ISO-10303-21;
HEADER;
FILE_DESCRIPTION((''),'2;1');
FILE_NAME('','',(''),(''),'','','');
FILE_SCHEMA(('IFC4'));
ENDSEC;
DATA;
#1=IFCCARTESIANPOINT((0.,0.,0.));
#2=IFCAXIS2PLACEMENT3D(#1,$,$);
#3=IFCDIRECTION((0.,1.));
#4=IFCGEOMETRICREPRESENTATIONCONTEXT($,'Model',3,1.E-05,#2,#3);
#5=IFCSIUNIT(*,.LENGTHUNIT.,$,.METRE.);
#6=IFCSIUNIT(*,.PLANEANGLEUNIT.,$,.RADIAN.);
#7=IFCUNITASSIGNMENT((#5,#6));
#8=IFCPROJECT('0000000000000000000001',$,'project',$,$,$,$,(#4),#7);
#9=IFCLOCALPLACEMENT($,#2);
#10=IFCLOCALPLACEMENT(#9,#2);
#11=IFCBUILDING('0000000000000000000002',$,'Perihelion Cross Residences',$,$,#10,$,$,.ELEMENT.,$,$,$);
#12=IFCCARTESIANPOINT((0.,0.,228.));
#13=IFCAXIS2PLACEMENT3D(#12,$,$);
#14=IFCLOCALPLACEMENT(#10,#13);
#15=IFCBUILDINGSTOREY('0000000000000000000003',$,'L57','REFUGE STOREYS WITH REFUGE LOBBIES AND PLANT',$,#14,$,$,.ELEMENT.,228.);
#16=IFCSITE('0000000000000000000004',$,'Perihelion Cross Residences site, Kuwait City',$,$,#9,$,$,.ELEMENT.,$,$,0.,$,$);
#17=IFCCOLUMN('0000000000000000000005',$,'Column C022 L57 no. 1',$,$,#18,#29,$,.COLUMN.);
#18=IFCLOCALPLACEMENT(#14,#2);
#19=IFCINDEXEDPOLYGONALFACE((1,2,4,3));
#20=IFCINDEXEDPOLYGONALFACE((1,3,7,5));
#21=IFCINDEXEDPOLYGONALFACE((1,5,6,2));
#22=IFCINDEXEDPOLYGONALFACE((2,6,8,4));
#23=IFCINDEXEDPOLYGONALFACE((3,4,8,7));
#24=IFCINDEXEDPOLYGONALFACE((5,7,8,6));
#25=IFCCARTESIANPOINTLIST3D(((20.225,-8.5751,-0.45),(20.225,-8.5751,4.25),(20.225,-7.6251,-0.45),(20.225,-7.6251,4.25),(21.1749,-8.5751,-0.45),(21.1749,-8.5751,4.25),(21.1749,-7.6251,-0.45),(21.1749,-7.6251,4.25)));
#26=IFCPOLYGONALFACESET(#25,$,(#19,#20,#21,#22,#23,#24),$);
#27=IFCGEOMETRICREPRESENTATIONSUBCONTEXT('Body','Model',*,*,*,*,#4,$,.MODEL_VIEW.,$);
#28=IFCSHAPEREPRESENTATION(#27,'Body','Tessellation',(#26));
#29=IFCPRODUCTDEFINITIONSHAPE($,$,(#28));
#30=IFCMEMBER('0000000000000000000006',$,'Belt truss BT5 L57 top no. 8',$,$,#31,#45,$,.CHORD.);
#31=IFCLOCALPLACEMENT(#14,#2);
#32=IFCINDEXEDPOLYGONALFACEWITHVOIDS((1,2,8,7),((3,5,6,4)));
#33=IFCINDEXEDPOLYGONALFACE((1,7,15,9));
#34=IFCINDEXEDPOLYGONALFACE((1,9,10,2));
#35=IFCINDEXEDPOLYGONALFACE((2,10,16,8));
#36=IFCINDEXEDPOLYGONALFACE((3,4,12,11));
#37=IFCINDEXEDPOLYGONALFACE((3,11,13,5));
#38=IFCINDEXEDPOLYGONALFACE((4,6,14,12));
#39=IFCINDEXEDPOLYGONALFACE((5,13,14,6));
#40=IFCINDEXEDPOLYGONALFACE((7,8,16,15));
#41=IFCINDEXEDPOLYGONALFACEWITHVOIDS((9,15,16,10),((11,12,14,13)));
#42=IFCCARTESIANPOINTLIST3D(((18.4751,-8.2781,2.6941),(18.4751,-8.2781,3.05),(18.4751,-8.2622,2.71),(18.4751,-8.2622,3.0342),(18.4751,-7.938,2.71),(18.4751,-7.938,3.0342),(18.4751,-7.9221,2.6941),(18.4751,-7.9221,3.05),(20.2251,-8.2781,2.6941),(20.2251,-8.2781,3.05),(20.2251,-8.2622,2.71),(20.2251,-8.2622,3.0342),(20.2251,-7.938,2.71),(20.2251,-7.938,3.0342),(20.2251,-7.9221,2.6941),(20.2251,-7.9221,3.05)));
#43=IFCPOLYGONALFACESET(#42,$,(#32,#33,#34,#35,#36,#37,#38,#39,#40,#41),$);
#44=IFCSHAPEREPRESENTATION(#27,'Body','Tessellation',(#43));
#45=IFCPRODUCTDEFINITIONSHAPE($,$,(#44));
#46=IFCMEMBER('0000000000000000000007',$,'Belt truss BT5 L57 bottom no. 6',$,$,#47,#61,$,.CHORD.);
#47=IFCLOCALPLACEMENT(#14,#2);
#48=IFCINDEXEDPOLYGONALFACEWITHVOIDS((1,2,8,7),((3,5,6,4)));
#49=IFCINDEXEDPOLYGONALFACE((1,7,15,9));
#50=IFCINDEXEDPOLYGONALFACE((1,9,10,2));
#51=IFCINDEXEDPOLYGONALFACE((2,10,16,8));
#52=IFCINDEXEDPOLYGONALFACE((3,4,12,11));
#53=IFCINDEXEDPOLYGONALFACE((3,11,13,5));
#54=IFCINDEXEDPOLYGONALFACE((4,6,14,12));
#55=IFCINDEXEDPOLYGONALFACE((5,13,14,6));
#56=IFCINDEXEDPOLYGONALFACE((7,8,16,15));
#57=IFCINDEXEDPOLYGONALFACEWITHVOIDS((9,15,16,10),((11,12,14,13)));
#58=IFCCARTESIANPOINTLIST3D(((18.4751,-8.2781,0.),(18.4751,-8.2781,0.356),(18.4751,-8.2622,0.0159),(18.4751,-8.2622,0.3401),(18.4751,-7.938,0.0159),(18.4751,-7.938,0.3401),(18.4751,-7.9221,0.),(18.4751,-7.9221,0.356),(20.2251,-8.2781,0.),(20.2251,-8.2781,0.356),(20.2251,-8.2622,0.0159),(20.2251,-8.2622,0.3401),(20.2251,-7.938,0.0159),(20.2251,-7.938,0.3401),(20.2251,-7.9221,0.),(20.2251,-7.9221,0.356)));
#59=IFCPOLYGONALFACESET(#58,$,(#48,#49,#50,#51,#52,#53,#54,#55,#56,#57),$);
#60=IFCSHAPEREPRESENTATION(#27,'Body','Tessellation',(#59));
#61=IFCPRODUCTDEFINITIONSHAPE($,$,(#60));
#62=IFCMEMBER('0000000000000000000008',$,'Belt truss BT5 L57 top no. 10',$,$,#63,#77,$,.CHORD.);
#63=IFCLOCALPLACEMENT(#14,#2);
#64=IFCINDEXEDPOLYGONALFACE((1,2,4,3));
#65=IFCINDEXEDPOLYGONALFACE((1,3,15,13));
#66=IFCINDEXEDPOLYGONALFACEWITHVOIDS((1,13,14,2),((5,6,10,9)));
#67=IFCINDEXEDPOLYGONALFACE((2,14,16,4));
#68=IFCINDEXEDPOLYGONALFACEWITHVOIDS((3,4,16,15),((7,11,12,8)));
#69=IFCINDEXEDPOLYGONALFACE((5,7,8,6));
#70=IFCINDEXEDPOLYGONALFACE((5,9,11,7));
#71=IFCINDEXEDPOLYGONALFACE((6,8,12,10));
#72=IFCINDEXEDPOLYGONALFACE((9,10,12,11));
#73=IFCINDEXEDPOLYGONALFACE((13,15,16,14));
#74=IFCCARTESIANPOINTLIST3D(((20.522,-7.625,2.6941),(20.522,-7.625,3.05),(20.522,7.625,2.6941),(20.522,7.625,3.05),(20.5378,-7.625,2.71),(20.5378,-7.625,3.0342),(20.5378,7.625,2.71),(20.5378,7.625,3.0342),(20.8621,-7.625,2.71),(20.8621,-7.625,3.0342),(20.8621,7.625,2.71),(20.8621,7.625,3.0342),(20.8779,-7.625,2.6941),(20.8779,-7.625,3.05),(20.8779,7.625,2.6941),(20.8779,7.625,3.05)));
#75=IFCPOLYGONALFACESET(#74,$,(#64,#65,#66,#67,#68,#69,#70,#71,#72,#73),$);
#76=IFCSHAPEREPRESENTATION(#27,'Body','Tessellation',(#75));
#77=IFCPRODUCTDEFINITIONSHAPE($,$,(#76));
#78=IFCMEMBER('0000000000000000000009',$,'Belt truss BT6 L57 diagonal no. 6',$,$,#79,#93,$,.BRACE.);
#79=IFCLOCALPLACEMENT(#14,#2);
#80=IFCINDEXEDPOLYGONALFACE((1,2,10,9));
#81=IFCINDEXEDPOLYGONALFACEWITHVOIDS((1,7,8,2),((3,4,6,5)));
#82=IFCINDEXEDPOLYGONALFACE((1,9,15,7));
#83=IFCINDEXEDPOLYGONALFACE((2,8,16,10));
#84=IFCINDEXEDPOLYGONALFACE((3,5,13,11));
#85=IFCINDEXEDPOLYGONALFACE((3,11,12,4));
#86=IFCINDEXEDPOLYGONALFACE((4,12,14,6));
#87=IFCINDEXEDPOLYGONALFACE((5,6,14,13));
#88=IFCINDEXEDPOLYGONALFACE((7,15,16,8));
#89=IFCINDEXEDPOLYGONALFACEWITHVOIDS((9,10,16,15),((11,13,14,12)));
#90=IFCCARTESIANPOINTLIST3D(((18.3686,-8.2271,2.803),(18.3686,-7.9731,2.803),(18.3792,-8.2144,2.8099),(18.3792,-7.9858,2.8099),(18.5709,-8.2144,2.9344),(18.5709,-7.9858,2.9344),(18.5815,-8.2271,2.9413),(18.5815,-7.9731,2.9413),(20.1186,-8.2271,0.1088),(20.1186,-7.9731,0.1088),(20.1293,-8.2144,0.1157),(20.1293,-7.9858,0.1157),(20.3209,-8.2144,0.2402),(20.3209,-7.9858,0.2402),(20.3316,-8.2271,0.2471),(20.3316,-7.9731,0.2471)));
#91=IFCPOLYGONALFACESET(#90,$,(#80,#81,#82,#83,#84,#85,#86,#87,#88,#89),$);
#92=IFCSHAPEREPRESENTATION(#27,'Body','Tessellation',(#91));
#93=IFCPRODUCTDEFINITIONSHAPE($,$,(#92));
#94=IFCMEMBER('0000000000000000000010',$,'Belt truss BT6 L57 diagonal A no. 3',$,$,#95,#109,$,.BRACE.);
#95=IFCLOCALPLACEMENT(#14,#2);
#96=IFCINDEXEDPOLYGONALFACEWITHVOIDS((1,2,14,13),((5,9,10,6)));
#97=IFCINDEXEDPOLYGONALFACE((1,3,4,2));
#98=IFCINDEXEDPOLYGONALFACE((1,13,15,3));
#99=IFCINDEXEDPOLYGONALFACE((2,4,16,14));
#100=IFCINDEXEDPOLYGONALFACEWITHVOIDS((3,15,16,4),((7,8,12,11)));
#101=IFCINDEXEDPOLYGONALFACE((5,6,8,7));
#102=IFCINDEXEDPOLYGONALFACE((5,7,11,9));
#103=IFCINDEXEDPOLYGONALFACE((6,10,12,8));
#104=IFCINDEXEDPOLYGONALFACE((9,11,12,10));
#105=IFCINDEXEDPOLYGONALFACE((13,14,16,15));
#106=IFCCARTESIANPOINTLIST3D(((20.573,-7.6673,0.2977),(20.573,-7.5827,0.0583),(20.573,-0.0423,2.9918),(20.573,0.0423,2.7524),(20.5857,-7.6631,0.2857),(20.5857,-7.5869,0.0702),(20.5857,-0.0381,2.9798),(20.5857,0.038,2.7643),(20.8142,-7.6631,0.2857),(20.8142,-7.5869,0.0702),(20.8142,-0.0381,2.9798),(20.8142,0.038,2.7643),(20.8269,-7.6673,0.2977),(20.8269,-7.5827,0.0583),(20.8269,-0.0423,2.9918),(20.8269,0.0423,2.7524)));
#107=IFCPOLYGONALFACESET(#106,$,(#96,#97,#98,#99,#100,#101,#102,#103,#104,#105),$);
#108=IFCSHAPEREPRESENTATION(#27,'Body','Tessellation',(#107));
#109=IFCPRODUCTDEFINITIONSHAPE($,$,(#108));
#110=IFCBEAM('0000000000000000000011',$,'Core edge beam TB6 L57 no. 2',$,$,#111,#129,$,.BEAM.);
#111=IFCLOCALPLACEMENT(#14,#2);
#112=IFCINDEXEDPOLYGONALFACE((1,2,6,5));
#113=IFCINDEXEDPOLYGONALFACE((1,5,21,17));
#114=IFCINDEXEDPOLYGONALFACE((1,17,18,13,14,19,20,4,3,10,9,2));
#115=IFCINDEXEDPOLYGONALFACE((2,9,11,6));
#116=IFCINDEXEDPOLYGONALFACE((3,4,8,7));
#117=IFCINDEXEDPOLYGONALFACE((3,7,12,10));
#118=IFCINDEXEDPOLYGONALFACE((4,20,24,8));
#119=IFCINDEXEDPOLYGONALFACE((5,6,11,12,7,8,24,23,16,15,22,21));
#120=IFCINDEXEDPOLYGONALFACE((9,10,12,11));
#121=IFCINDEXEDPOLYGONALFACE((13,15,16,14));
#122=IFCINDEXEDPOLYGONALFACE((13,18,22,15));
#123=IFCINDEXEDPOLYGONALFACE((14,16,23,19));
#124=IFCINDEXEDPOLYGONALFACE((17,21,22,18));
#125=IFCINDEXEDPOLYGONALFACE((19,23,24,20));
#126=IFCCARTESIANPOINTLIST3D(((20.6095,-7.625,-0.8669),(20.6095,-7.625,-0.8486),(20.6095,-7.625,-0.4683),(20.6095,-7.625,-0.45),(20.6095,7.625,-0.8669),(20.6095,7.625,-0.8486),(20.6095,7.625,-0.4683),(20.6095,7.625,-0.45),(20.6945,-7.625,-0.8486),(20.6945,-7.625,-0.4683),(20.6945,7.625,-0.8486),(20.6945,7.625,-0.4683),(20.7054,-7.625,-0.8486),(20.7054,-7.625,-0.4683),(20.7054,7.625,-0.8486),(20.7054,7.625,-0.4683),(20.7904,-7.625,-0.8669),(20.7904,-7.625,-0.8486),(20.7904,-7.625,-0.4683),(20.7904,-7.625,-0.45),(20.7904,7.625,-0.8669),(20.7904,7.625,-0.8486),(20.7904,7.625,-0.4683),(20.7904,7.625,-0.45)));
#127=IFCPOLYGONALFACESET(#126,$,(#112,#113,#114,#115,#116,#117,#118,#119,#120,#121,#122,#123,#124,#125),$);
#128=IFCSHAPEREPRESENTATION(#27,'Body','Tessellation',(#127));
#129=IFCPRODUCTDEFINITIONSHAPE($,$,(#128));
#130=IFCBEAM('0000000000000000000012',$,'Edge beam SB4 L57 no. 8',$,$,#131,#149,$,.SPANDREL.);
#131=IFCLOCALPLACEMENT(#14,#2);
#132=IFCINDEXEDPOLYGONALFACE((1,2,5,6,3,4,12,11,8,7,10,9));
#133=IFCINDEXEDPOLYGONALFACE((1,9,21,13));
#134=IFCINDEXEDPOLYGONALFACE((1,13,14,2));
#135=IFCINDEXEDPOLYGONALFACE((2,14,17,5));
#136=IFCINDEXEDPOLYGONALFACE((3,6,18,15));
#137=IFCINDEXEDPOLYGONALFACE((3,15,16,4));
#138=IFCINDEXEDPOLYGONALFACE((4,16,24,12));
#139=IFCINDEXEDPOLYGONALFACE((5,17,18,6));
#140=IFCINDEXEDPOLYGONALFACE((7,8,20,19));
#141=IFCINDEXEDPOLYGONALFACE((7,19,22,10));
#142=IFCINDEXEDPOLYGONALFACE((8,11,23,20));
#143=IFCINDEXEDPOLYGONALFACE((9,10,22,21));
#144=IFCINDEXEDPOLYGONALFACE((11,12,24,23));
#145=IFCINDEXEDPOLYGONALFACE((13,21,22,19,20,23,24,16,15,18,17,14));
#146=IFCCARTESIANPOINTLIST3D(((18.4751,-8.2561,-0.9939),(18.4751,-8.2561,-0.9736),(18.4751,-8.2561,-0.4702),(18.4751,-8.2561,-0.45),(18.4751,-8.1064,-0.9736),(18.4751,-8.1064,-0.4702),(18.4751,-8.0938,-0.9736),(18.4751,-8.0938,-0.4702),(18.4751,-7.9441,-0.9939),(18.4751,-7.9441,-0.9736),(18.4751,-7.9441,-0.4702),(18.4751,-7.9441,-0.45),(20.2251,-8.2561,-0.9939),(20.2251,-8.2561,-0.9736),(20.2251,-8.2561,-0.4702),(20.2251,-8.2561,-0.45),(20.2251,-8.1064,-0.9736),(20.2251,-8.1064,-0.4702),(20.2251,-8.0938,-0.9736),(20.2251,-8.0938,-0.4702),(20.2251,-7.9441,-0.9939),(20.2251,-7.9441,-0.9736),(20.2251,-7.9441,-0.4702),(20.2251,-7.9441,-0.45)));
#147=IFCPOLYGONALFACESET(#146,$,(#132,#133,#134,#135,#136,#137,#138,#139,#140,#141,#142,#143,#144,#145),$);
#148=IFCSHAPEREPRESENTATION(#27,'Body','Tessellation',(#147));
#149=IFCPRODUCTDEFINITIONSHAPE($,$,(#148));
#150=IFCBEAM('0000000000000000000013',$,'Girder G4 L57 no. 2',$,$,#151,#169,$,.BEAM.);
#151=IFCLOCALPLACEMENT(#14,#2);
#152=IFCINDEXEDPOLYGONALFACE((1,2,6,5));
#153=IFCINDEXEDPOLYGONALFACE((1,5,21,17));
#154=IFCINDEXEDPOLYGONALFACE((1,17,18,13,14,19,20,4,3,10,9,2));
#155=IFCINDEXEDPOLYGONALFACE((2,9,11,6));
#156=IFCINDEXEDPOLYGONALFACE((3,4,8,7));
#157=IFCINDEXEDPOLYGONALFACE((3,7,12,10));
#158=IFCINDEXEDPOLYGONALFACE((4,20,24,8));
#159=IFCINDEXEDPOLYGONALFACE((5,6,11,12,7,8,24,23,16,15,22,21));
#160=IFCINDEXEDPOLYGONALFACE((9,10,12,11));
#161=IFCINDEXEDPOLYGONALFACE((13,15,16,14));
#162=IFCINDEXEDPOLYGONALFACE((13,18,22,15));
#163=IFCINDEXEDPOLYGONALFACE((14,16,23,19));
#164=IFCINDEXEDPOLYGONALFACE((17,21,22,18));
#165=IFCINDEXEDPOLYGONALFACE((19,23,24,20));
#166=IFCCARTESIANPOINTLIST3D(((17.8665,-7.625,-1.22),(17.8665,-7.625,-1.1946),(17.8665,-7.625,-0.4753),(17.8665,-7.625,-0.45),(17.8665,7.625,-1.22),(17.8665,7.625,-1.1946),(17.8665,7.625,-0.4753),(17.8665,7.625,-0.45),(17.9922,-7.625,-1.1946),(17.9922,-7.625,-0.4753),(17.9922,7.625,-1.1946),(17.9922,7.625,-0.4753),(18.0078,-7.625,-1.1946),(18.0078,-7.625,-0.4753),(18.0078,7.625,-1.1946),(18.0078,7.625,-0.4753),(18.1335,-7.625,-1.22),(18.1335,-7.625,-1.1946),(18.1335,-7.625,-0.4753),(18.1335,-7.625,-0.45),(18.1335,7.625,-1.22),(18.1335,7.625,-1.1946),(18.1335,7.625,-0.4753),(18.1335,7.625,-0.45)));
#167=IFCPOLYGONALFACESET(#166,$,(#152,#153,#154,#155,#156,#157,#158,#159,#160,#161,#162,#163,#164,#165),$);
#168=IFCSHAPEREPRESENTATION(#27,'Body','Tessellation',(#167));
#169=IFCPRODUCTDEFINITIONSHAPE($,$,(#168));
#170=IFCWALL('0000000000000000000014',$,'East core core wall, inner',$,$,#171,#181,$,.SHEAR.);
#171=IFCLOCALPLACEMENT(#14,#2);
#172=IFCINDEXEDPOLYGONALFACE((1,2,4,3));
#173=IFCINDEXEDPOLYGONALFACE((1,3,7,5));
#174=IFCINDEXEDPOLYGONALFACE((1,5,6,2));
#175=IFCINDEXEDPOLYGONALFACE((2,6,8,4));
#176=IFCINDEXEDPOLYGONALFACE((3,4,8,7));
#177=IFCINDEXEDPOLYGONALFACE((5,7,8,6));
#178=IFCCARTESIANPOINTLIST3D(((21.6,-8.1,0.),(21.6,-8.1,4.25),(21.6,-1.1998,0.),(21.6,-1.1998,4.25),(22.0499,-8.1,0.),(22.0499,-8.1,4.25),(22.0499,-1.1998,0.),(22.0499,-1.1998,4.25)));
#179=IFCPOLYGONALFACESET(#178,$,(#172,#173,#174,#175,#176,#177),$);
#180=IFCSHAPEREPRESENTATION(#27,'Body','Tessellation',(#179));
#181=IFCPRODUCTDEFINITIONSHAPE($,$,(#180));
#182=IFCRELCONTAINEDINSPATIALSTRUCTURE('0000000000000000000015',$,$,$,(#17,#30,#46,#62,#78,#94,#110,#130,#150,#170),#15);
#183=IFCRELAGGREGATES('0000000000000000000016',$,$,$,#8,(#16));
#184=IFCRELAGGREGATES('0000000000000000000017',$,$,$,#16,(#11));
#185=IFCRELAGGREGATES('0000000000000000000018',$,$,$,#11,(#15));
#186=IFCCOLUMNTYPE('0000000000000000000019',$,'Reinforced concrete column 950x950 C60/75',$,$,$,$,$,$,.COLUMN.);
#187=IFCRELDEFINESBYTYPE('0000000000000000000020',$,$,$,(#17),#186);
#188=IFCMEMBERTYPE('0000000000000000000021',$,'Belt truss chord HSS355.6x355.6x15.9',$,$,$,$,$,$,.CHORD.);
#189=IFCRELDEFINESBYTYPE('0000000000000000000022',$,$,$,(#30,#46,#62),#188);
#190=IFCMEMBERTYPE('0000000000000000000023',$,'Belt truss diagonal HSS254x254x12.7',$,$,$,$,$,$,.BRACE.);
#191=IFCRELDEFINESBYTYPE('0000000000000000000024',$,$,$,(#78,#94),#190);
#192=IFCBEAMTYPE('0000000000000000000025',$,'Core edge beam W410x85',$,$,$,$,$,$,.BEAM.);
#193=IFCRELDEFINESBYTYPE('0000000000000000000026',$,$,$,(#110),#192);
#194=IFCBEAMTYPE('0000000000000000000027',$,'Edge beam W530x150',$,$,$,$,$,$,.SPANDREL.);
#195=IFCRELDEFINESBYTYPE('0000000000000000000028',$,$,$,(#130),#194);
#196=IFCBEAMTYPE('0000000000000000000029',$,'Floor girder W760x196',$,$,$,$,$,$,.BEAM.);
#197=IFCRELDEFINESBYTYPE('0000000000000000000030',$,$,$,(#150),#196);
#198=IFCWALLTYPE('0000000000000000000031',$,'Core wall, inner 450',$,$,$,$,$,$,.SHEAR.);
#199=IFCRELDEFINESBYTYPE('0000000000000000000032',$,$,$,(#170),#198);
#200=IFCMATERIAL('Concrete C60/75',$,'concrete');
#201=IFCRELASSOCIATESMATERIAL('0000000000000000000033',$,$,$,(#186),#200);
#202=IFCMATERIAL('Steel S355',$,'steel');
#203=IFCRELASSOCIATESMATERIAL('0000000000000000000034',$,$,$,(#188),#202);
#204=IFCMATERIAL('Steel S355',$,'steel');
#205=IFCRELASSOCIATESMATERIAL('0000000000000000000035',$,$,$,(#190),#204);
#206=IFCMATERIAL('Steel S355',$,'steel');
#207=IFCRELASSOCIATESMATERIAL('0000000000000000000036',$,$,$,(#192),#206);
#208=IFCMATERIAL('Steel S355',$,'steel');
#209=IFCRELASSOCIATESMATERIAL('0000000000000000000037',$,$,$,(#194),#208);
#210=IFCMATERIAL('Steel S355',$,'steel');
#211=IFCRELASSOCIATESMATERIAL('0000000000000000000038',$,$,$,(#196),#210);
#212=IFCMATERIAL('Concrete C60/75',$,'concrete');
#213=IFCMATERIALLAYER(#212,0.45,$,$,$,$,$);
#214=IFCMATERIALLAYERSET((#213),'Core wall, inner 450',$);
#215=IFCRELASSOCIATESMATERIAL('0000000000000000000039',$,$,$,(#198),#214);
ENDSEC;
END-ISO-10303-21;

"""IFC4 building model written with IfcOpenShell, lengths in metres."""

from ifc_helpers import new_model, si_unit, direction, frame, frame_2d, origin, origin_2d, place, context, subcontext, project, spatial, rectangle, hollow_rectangle, i_section, extrude, material, layer, layer_set, material_profile, profile_set, type_object, element, save


model = new_model("IFC4")

# Units and contexts
model_context = context("Model", 3, precision=1e-05, world=origin(), true_north=direction((0.0, 1.0)))
body_context = subcontext(model_context, "Body", "Model", "MODEL_VIEW")
ifc_project = project(units=[si_unit("LENGTHUNIT", "METRE"), si_unit("PLANEANGLEUNIT", "RADIAN")], contexts=[model_context])

# Site, building, storey
site_placement = place(None, origin())
site = spatial("IfcSite", under=ifc_project, at=site_placement, Name="Perihelion Cross Residences site, Kuwait City", CompositionType="ELEMENT", RefElevation=0.0)
building_placement = place(site_placement, origin())
building = spatial("IfcBuilding", under=site, at=building_placement, Name="Perihelion Cross Residences", CompositionType="ELEMENT")
storey_placement = place(building_placement, frame((0.0, 0.0, 228.0)))
storey = spatial("IfcBuildingStorey", under=building, at=storey_placement, Name="L57", Description="REFUGE STOREYS WITH REFUGE LOBBIES AND PLANT", CompositionType="ELEMENT", Elevation=228.0)

# Column
ifc_material_1 = material(Name="Concrete C60/75", Category="concrete")
ifc_material_profile_1 = material_profile(ifc_material_1, rectangle(XDim=0.95, YDim=0.95, at=origin_2d()), Name="RC 950x950")
ifc_profile_set_1 = profile_set([ifc_material_profile_1], Name="Concrete C60/75")
column_type = type_object("IfcColumnType", Name="Reinforced concrete column 950x950 C60/75", PredefinedType="COLUMN", material=ifc_profile_set_1)
column_placement = place(storey_placement, frame((20.7, -8.1001, -0.45), z_axis=(0.0, 0.0, 1.0), x_axis=(1.0, 0.0, 0.0)))
element("IfcColumn", 1, at=column_placement, inside=storey, type_object=column_type, Name="Column C022 L57 no. 1", PredefinedType="COLUMN", context=body_context, shape_type="SweptSolid", body=[
    extrude(rectangle(XDim=0.95, YDim=0.95, at=origin_2d()), origin(), (0.0, 0.0, 1.0), 4.7),
])

# Members
ifc_material_2 = material(Name="Steel S355", Category="steel")
ifc_material_profile_2 = material_profile(ifc_material_2, hollow_rectangle(XDim=0.356, YDim=0.356, WallThickness=0.0159, at=origin_2d()), Name="HSS355.6x355.6x15.9")
ifc_profile_set_2 = profile_set([ifc_material_profile_2], Name="Steel S355")
member_type_1 = type_object("IfcMemberType", Name="Belt truss chord HSS355.6x355.6x15.9", PredefinedType="CHORD", material=ifc_profile_set_2)
for number, where, z_axis, x_axis, name in (
    (2, (18.4751, -8.1001, 2.8721), (1.0, 0.0, 0.0), (0.0, 1.0, 0.0), "Belt truss BT5 L57 top no. 8"),
    (3, (18.4751, -8.1001, 0.178), (1.0, 0.0, 0.0), (0.0, 1.0, 0.0), "Belt truss BT5 L57 bottom no. 6"),
):
    element("IfcMember", number, at=place(storey_placement, frame(where, z_axis=z_axis, x_axis=x_axis)), inside=storey, type_object=member_type_1, Name=name, PredefinedType="CHORD", context=body_context, shape_type="SweptSolid", body=[
        extrude(hollow_rectangle(XDim=0.356, YDim=0.356, WallThickness=0.0159, at=origin_2d()), origin(), (0.0, 0.0, 1.0), 1.75),
    ])
member_1_placement = place(storey_placement, frame((20.7, -7.625, 2.8721), z_axis=(0.0, 1.0, 0.0), x_axis=(-1.0, 0.0, 0.0)))
element("IfcMember", 4, at=member_1_placement, inside=storey, type_object=member_type_1, Name="Belt truss BT5 L57 top no. 10", PredefinedType="CHORD", context=body_context, shape_type="SweptSolid", body=[
    extrude(hollow_rectangle(XDim=0.356, YDim=0.356, WallThickness=0.0159, at=origin_2d()), origin(), (0.0, 0.0, 1.0), 15.25),
])
ifc_material_3 = material(Name="Steel S355", Category="steel")
ifc_material_profile_3 = material_profile(ifc_material_3, hollow_rectangle(XDim=0.2539, YDim=0.2539, WallThickness=0.0127, at=origin_2d()), Name="HSS254x254x12.7")
ifc_profile_set_3 = profile_set([ifc_material_profile_3], Name="Steel S355")
member_type_2 = type_object("IfcMemberType", Name="Belt truss diagonal HSS254x254x12.7", PredefinedType="BRACE", material=ifc_profile_set_3)
member_2_placement = place(storey_placement, frame((20.2251, -8.1001, 0.178), z_axis=(-0.544735, 0.0, 0.838609), x_axis=(0.0, -1.0, 0.0)))
element("IfcMember", 5, at=member_2_placement, inside=storey, type_object=member_type_2, Name="Belt truss BT6 L57 diagonal no. 6", PredefinedType="BRACE", context=body_context, shape_type="SweptSolid", body=[
    extrude(hollow_rectangle(XDim=0.2539, YDim=0.2539, WallThickness=0.0127, at=origin_2d()), origin(), (0.0, 0.0, 1.0), 3.2126),
])
member_3_placement = place(storey_placement, frame((20.7, -7.625, 0.178), z_axis=(0.0, 0.942877, 0.333141), x_axis=(-1.0, 0.0, 0.0)))
element("IfcMember", 6, at=member_3_placement, inside=storey, type_object=member_type_2, Name="Belt truss BT6 L57 diagonal A no. 3", PredefinedType="BRACE", context=body_context, shape_type="SweptSolid", body=[
    extrude(hollow_rectangle(XDim=0.2539, YDim=0.2539, WallThickness=0.0127, at=origin_2d()), origin(), (0.0, 0.0, 1.0), 8.0869),
])

# Beams
ifc_material_4 = material(Name="Steel S355", Category="steel")
ifc_material_profile_4 = material_profile(ifc_material_4, i_section(OverallWidth=0.1809, OverallDepth=0.417, WebThickness=0.011, FlangeThickness=0.0183, at=origin_2d()), Name="W410x85")
ifc_profile_set_4 = profile_set([ifc_material_profile_4], Name="Steel S355")
beam_type_1 = type_object("IfcBeamType", Name="Core edge beam W410x85", PredefinedType="BEAM", material=ifc_profile_set_4)
beam_1_placement = place(storey_placement, frame((20.7, -7.625, -0.6584), z_axis=(0.0, 1.0, 0.0), x_axis=(-1.0, 0.0, 0.0)))
element("IfcBeam", 7, at=beam_1_placement, inside=storey, type_object=beam_type_1, Name="Core edge beam TB6 L57 no. 2", PredefinedType="BEAM", context=body_context, shape_type="SweptSolid", body=[
    extrude(i_section(OverallWidth=0.1809, OverallDepth=0.417, WebThickness=0.011, FlangeThickness=0.0183, at=origin_2d()), origin(), (0.0, 0.0, 1.0), 15.25),
])
ifc_material_5 = material(Name="Steel S355", Category="steel")
ifc_material_profile_5 = material_profile(ifc_material_5, i_section(OverallWidth=0.312, OverallDepth=0.5439, WebThickness=0.0127, FlangeThickness=0.0203, at=origin_2d()), Name="W530x150")
ifc_profile_set_5 = profile_set([ifc_material_profile_5], Name="Steel S355")
beam_type_2 = type_object("IfcBeamType", Name="Edge beam W530x150", PredefinedType="SPANDREL", material=ifc_profile_set_5)
beam_2_placement = place(storey_placement, frame((18.4751, -8.1001, -0.7219), z_axis=(1.0, 0.0, 0.0), x_axis=(0.0, 1.0, 0.0)))
element("IfcBeam", 8, at=beam_2_placement, inside=storey, type_object=beam_type_2, Name="Edge beam SB4 L57 no. 8", PredefinedType="SPANDREL", context=body_context, shape_type="SweptSolid", body=[
    extrude(i_section(OverallWidth=0.312, OverallDepth=0.5439, WebThickness=0.0127, FlangeThickness=0.0203, at=origin_2d()), origin(), (0.0, 0.0, 1.0), 1.75),
])
ifc_material_6 = material(Name="Steel S355", Category="steel")
ifc_material_profile_6 = material_profile(ifc_material_6, i_section(OverallWidth=0.2671, OverallDepth=0.77, WebThickness=0.0156, FlangeThickness=0.0254, at=origin_2d()), Name="W760x196")
ifc_profile_set_6 = profile_set([ifc_material_profile_6], Name="Steel S355")
beam_type_3 = type_object("IfcBeamType", Name="Floor girder W760x196", PredefinedType="BEAM", material=ifc_profile_set_6)
beam_3_placement = place(storey_placement, frame((18.0, -7.625, -0.835), z_axis=(0.0, 1.0, 0.0), x_axis=(-1.0, 0.0, 0.0)))
element("IfcBeam", 9, at=beam_3_placement, inside=storey, type_object=beam_type_3, Name="Girder G4 L57 no. 2", PredefinedType="BEAM", context=body_context, shape_type="SweptSolid", body=[
    extrude(i_section(OverallWidth=0.2671, OverallDepth=0.77, WebThickness=0.0156, FlangeThickness=0.0254, at=origin_2d()), origin(), (0.0, 0.0, 1.0), 15.25),
])

# Wall
ifc_material_7 = material(Name="Concrete C60/75", Category="concrete")
ifc_layer_1 = layer(ifc_material_7, 0.45)
ifc_layer_set_1 = layer_set([ifc_layer_1], Name="Core wall, inner 450")
wall_type_1 = type_object("IfcWallType", Name="Core wall, inner 450", PredefinedType="SHEAR", material=ifc_layer_set_1)
wall_1_placement = place(storey_placement, frame((21.825, -8.1001, 0.0), z_axis=(0.0, 0.0, 1.0), x_axis=(0.0, 1.0, 0.0)))
element("IfcWall", 10, at=wall_1_placement, inside=storey, type_object=wall_type_1, Name="East core core wall, inner", PredefinedType="SHEAR", context=body_context, shape_type="SweptSolid", body=[
    extrude(rectangle(XDim=6.9001, YDim=0.45, at=frame_2d((3.4502, 0.0))), origin(), (0.0, 0.0, 1.0), 4.25),
])

save(model, "model.ifc")
